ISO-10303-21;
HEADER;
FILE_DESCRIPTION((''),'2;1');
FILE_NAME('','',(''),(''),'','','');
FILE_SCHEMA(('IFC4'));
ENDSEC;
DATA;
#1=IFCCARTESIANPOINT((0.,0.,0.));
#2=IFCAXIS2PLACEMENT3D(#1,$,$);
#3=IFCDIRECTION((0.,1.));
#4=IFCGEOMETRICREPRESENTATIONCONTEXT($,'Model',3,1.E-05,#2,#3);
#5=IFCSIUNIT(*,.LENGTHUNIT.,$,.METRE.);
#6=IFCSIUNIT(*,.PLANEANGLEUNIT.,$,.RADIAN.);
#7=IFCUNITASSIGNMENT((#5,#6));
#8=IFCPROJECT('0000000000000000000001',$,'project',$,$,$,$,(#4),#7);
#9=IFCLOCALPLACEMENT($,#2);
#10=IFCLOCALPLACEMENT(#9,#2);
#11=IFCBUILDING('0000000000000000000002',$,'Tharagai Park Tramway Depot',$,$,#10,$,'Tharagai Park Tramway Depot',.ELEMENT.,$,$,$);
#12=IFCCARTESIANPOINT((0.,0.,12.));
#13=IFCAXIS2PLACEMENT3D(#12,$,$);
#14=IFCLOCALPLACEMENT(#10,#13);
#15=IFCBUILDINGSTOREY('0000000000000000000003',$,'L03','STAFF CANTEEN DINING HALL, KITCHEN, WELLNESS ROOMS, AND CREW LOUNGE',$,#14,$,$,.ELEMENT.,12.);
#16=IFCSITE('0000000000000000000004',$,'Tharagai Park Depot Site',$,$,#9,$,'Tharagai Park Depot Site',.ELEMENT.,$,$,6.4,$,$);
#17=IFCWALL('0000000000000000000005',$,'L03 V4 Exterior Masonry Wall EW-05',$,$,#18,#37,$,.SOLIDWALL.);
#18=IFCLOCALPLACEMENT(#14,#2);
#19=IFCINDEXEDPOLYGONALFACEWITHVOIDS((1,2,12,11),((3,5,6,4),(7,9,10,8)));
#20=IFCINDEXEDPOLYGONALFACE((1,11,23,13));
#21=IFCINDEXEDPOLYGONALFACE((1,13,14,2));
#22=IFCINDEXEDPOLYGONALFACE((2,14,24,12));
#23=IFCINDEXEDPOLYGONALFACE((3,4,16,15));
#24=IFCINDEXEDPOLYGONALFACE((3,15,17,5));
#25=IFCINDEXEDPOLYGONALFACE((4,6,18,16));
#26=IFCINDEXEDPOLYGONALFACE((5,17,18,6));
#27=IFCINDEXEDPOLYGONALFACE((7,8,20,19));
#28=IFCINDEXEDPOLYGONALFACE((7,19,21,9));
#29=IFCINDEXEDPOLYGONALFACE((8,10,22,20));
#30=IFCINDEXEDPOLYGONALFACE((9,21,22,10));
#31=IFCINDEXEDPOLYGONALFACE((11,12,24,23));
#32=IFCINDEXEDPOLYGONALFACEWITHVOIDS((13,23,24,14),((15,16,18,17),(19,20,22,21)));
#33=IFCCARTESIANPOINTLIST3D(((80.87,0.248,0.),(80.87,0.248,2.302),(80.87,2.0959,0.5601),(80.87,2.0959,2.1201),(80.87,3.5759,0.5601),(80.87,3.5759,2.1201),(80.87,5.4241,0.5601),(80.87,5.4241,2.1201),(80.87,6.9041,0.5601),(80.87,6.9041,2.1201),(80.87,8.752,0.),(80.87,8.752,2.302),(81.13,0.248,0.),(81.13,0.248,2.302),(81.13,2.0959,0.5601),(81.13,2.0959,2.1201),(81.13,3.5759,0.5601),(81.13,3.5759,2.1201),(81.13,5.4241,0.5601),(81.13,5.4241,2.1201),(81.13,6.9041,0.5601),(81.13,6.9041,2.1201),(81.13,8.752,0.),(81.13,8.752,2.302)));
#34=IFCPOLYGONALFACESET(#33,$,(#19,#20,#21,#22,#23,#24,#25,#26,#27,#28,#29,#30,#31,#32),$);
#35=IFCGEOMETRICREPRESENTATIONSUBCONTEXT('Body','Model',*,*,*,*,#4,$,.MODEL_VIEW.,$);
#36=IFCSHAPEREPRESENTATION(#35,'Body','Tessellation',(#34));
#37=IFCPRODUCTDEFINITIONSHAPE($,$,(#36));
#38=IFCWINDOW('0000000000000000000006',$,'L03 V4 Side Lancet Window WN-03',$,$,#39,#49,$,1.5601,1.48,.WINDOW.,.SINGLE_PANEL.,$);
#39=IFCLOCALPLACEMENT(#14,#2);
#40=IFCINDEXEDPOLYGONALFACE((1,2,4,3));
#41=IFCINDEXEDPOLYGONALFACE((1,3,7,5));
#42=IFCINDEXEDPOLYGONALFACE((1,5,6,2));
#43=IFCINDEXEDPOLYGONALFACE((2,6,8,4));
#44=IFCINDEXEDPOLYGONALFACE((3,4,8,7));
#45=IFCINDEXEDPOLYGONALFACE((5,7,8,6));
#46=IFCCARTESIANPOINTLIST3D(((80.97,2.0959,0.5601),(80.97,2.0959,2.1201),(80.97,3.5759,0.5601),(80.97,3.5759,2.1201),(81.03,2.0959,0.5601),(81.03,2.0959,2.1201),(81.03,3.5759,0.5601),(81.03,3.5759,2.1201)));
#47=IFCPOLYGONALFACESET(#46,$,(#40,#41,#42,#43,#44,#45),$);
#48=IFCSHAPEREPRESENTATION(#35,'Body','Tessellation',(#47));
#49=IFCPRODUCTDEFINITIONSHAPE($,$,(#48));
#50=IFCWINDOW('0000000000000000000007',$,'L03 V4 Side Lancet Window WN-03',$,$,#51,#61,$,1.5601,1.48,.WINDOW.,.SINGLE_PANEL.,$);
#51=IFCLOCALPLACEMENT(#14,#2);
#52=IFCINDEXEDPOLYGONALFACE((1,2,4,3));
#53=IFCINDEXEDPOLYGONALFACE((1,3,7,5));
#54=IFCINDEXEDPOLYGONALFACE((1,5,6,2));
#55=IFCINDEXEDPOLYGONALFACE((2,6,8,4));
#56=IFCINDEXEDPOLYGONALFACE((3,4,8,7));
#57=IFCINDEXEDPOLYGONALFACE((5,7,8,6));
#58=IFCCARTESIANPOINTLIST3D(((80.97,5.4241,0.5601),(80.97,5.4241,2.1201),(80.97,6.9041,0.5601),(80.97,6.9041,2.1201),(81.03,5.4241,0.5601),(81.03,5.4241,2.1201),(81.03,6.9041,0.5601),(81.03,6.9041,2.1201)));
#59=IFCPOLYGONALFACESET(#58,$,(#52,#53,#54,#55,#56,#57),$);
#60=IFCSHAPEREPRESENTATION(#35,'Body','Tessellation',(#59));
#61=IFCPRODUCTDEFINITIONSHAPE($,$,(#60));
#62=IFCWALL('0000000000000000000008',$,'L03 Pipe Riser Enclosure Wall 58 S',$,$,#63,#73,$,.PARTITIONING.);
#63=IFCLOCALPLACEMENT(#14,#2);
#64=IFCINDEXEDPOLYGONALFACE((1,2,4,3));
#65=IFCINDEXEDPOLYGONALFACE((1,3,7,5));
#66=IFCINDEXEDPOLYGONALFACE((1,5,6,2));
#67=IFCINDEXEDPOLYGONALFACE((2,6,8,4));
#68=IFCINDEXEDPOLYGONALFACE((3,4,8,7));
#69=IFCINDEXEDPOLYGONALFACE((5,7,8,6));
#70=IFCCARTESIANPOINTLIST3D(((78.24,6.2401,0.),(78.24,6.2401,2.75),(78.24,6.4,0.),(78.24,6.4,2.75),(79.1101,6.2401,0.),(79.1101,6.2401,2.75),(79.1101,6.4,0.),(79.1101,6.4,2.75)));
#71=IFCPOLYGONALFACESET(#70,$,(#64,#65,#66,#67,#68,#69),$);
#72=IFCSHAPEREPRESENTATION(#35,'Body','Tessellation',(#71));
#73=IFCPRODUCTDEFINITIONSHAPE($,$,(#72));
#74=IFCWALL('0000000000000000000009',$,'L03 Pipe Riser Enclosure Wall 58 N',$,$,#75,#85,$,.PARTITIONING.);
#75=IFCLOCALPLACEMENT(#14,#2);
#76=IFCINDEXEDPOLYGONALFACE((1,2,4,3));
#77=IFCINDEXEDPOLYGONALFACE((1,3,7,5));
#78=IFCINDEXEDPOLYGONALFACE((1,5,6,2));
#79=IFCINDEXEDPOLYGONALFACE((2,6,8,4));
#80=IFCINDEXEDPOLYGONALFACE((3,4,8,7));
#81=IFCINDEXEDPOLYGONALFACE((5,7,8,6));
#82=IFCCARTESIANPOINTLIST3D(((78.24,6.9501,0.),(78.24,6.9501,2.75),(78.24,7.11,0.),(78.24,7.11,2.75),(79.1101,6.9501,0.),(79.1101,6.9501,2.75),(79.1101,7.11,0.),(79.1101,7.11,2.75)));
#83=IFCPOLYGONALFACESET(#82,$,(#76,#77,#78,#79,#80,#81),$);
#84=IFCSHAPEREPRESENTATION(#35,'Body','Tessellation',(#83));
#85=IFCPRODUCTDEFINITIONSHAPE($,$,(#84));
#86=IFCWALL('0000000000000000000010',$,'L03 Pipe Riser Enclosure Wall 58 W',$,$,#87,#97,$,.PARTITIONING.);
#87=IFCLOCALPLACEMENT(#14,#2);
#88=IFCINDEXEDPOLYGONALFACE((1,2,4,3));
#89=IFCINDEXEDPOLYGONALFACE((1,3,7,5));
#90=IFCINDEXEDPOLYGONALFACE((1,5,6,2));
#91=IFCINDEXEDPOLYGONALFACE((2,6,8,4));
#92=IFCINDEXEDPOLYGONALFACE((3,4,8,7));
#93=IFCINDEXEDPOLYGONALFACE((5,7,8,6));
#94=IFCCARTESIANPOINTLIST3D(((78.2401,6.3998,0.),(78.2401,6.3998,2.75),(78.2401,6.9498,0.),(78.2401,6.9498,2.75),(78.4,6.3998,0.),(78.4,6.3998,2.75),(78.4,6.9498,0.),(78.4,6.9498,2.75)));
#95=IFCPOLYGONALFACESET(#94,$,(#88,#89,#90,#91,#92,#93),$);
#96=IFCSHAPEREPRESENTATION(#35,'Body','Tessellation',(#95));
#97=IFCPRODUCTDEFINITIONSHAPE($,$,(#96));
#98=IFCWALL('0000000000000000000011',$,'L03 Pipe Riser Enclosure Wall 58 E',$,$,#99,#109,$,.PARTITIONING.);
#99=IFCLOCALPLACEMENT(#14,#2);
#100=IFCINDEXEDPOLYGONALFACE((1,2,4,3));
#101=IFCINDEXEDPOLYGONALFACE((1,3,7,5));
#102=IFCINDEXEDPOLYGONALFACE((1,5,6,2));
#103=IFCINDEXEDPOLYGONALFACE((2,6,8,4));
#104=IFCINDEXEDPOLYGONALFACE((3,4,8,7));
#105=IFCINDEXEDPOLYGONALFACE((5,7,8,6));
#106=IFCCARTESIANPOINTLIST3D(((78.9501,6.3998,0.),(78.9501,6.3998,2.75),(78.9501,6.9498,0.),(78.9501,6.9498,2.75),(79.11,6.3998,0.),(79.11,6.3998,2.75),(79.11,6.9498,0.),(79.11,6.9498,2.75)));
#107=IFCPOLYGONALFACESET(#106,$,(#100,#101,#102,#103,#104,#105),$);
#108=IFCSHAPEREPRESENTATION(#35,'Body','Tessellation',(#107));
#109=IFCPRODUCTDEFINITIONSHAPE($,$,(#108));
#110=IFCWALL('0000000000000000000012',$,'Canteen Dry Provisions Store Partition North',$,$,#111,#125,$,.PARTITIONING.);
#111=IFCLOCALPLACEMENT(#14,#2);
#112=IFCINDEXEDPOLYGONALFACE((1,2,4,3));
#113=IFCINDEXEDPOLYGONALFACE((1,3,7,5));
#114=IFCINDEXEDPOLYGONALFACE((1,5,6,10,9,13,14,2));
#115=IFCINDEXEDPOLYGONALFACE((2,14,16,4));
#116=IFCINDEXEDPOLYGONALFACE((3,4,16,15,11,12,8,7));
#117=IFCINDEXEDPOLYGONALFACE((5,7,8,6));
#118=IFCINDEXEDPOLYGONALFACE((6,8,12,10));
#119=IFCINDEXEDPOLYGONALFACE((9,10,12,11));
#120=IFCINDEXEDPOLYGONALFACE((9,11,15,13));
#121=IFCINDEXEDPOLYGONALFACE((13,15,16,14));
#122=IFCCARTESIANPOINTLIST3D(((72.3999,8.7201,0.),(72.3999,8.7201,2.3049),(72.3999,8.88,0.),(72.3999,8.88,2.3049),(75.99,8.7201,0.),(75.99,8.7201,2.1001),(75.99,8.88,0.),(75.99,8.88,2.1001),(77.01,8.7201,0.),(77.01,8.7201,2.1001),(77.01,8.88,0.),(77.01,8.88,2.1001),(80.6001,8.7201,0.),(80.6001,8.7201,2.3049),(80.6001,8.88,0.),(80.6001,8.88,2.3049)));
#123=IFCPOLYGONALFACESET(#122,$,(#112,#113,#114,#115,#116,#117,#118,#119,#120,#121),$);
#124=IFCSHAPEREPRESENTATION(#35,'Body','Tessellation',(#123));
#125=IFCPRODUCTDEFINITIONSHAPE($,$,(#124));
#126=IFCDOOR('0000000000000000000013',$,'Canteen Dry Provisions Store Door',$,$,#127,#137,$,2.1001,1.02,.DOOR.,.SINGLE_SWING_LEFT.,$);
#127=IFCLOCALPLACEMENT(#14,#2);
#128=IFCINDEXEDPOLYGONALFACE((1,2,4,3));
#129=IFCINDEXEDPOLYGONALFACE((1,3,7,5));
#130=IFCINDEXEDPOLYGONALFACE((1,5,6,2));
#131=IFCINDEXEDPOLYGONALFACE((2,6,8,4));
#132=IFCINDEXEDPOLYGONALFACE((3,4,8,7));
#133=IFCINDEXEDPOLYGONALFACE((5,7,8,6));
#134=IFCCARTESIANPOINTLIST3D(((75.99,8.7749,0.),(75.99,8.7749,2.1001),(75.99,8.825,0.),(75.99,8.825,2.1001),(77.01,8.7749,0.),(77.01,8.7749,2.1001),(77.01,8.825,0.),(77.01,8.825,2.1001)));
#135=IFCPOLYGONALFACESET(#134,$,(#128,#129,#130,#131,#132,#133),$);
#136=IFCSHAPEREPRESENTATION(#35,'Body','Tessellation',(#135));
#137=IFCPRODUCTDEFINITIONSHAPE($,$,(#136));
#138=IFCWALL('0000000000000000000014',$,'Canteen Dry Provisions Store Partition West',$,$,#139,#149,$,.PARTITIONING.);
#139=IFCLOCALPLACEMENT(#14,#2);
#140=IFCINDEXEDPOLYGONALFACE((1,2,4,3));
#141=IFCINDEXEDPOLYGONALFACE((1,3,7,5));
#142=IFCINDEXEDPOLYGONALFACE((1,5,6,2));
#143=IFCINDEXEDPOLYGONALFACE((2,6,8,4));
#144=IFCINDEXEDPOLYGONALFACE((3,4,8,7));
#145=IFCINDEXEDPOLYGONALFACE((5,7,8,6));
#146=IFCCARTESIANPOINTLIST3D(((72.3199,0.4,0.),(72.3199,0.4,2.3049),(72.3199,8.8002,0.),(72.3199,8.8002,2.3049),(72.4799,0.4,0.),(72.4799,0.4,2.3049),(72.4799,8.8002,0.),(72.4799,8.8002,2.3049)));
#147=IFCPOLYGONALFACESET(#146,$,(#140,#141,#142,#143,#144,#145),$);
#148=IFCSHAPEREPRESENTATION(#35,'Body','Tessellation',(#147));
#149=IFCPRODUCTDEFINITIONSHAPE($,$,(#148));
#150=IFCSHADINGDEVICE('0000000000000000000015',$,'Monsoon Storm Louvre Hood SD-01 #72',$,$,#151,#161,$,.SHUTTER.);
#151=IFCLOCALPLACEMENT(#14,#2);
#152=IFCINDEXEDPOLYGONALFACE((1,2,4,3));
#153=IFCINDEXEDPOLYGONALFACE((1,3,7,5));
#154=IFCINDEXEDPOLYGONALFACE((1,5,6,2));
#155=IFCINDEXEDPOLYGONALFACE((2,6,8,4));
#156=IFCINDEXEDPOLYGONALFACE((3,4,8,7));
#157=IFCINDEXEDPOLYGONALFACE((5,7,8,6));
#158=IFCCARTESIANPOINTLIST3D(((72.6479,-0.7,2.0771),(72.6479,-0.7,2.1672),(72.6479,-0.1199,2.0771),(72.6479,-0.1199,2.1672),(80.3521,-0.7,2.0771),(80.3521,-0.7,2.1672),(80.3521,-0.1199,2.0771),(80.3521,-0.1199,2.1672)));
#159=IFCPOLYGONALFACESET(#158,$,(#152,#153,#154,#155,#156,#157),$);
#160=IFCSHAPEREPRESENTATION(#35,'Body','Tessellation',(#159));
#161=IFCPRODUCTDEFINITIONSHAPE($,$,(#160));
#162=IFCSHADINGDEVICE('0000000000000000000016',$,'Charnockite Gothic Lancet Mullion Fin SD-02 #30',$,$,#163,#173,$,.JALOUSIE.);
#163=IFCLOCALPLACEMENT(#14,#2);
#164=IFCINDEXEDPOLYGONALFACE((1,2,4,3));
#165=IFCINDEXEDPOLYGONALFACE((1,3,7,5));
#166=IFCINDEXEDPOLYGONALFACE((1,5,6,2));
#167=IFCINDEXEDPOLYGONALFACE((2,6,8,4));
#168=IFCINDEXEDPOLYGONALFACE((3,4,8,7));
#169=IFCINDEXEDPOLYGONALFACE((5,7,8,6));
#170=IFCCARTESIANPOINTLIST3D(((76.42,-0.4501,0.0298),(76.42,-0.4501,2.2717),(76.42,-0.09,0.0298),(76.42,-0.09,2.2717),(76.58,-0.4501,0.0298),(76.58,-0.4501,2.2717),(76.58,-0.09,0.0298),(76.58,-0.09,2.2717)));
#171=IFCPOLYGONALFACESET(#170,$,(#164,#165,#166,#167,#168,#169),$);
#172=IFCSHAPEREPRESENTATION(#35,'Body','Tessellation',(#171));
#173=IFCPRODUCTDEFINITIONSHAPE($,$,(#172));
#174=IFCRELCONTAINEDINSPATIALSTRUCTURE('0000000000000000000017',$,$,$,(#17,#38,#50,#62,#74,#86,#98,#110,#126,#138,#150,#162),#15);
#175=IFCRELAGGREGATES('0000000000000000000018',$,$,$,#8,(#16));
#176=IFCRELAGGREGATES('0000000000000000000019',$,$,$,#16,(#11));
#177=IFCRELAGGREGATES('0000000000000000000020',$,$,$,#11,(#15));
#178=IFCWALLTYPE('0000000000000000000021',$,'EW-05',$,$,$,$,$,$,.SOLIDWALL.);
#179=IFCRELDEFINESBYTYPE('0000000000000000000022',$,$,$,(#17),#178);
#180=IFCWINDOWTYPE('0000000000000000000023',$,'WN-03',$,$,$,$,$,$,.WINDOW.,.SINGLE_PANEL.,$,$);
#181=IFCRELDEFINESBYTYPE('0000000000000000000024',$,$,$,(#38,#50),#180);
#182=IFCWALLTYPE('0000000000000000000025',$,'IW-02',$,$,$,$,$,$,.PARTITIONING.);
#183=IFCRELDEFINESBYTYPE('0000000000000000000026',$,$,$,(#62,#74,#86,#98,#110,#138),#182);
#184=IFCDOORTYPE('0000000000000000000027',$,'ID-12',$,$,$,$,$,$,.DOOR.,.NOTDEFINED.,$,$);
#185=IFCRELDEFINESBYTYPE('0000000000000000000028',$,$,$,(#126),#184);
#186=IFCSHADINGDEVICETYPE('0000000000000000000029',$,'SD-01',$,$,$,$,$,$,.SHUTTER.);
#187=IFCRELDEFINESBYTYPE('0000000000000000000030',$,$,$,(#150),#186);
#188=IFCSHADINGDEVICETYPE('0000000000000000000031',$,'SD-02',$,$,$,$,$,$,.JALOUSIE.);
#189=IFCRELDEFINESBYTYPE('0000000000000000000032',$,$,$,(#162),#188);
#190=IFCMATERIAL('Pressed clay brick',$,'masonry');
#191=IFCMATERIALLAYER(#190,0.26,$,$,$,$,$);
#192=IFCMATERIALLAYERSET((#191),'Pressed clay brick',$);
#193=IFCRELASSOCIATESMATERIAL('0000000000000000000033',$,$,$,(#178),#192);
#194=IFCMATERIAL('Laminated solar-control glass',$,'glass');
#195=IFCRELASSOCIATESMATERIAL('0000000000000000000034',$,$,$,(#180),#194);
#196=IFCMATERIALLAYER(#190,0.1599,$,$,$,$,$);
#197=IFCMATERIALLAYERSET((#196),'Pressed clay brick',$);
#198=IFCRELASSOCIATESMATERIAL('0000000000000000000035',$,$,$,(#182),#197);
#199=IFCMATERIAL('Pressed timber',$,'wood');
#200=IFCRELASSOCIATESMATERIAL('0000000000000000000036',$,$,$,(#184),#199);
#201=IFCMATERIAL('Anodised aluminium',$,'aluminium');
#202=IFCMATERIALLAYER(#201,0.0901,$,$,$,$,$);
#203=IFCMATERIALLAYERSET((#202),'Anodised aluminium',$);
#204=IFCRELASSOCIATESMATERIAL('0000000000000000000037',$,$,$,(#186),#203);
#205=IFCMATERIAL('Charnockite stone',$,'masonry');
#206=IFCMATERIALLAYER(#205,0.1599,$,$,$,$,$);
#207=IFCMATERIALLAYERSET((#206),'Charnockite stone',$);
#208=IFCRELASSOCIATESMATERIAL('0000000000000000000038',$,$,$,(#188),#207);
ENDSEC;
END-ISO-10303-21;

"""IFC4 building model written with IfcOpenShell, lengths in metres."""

from ifc_helpers import new_model, si_unit, direction, frame, frame_2d, origin, origin_2d, place, context, subcontext, project, spatial, rectangle, extrude, material, layer, layer_set, type_object, element, fill, save


model = new_model("IFC4")

# Units and contexts
model_context = context("Model", 3, precision=1e-05, world=origin(), true_north=direction((0.0, 1.0)))
body_context = subcontext(model_context, "Body", "Model", "MODEL_VIEW")
ifc_project = project(units=[si_unit("LENGTHUNIT", "METRE"), si_unit("PLANEANGLEUNIT", "RADIAN")], contexts=[model_context])

# Site, building, storey
site_placement = place(None, origin())
site = spatial("IfcSite", under=ifc_project, at=site_placement, Name="Tharagai Park Depot Site", LongName="Tharagai Park Depot Site", CompositionType="ELEMENT", RefElevation=6.4)
building_placement = place(site_placement, origin())
building = spatial("IfcBuilding", under=site, at=building_placement, Name="Tharagai Park Tramway Depot", LongName="Tharagai Park Tramway Depot", CompositionType="ELEMENT")
storey_placement = place(building_placement, frame((0.0, 0.0, 12.0)))
storey = spatial("IfcBuildingStorey", under=building, at=storey_placement, Name="L03", Description="STAFF CANTEEN DINING HALL, KITCHEN, WELLNESS ROOMS, AND CREW LOUNGE", CompositionType="ELEMENT", Elevation=12.0)

# Wall, openings, windows
ifc_material_1 = material(Name="Pressed clay brick", Category="masonry")
ifc_layer_1 = layer(ifc_material_1, 0.26)
ifc_layer_set_1 = layer_set([ifc_layer_1], Name="Pressed clay brick")
wall_type_1 = type_object("IfcWallType", Name="EW-05", PredefinedType="SOLIDWALL", material=ifc_layer_set_1)
ifc_material_2 = material(Name="Laminated solar-control glass", Category="glass")
wall_1_placement = place(storey_placement, frame((81.0, 0.248, 0.0), z_axis=(0.0, 0.0, 1.0), x_axis=(0.0, 1.0, 0.0)))
wall_1 = element("IfcWall", 1, at=wall_1_placement, inside=storey, type_object=wall_type_1, Name="L03 V4 Exterior Masonry Wall EW-05", PredefinedType="SOLIDWALL", context=body_context, shape_type="SweptSolid", body=[
    extrude(rectangle(XDim=8.5039, YDim=0.26, at=frame_2d((4.252, 0.0))), origin(), (0.0, 0.0, 1.0), 2.302),
])
opening_1_placement = place(wall_1_placement, frame((1.8479, 0.0, 0.5601)))
opening_1 = element("IfcOpeningElement", 2, at=opening_1_placement, cuts=wall_1, PredefinedType="OPENING", context=body_context, shape_type="SweptSolid", body=[
    extrude(rectangle(XDim=1.48, YDim=1.5601, at=frame_2d((0.74, 0.78))), frame((0.0, 0.1399, 0.0), z_axis=(0.0, -1.0, 0.0), x_axis=(1.0, 0.0, 0.0)), (0.0, 0.0, 1.0), 0.28),
])
opening_2_placement = place(wall_1_placement, frame((5.176, 0.0, 0.5601)))
opening_2 = element("IfcOpeningElement", 3, at=opening_2_placement, cuts=wall_1, PredefinedType="OPENING", context=body_context, shape_type="SweptSolid", body=[
    extrude(rectangle(XDim=1.48, YDim=1.5601, at=frame_2d((0.74, 0.78))), frame((0.0, 0.1399, 0.0), z_axis=(0.0, -1.0, 0.0), x_axis=(1.0, 0.0, 0.0)), (0.0, 0.0, 1.0), 0.28),
])
window_type_1 = type_object("IfcWindowType", Name="WN-03", PartitioningType="SINGLE_PANEL", PredefinedType="WINDOW", material=ifc_material_2)
window_1_placement = place(opening_1_placement, origin())
window_1 = element("IfcWindow", 4, at=window_1_placement, inside=storey, type_object=window_type_1, Name="L03 V4 Side Lancet Window WN-03", OverallHeight=1.5601, OverallWidth=1.48, PartitioningType="SINGLE_PANEL", PredefinedType="WINDOW", context=body_context, shape_type="SweptSolid", body=[
    extrude(rectangle(XDim=1.48, YDim=1.5601, at=frame_2d((0.74, 0.78))), frame((0.0, 0.03, 0.0), z_axis=(0.0, -1.0, 0.0), x_axis=(1.0, 0.0, 0.0)), (0.0, 0.0, 1.0), 0.0601),
])
fill(opening_1, window_1)
window_2_placement = place(opening_2_placement, origin())
window_2 = element("IfcWindow", 5, at=window_2_placement, inside=storey, type_object=window_type_1, Name="L03 V4 Side Lancet Window WN-03", OverallHeight=1.5601, OverallWidth=1.48, PartitioningType="SINGLE_PANEL", PredefinedType="WINDOW", context=body_context, shape_type="SweptSolid", body=[
    extrude(rectangle(XDim=1.48, YDim=1.5601, at=frame_2d((0.74, 0.78))), frame((0.0, 0.03, 0.0), z_axis=(0.0, -1.0, 0.0), x_axis=(1.0, 0.0, 0.0)), (0.0, 0.0, 1.0), 0.0601),
])
fill(opening_2, window_2)

# Walls
ifc_layer_2 = layer(ifc_material_1, 0.1599)
ifc_layer_set_2 = layer_set([ifc_layer_2], Name="Pressed clay brick")
wall_type_2 = type_object("IfcWallType", Name="IW-02", PredefinedType="PARTITIONING", material=ifc_layer_set_2)
for number, where, z_axis, x_axis, name in (
    (6, (78.24, 6.3201, 0.0), (0.0, 0.0, 1.0), (1.0, 0.0, 0.0), "L03 Pipe Riser Enclosure Wall 58 S"),
    (7, (78.24, 7.03, 0.0), (0.0, 0.0, 1.0), (1.0, 0.0, 0.0), "L03 Pipe Riser Enclosure Wall 58 N"),
):
    element("IfcWall", number, at=place(storey_placement, frame(where, z_axis=z_axis, x_axis=x_axis)), inside=storey, type_object=wall_type_2, Name=name, PredefinedType="PARTITIONING", context=body_context, shape_type="SweptSolid", body=[
        extrude(rectangle(XDim=0.8701, YDim=0.1599, at=frame_2d((0.4351, 0.0))), origin(), (0.0, 0.0, 1.0), 2.75),
    ])
for number, where, z_axis, x_axis, name in (
    (8, (78.3201, 6.3999, 0.0), (0.0, 0.0, 1.0), (0.0, 1.0, 0.0), "L03 Pipe Riser Enclosure Wall 58 W"),
    (9, (79.03, 6.3999, 0.0), (0.0, 0.0, 1.0), (0.0, 1.0, 0.0), "L03 Pipe Riser Enclosure Wall 58 E"),
):
    element("IfcWall", number, at=place(storey_placement, frame(where, z_axis=z_axis, x_axis=x_axis)), inside=storey, type_object=wall_type_2, Name=name, PredefinedType="PARTITIONING", context=body_context, shape_type="SweptSolid", body=[
        extrude(rectangle(XDim=0.55, YDim=0.1599, at=frame_2d((0.2749, 0.0))), origin(), (0.0, 0.0, 1.0), 2.75),
    ])

# Wall, opening, door
wall_2_placement = place(storey_placement, frame((72.3999, 8.8, 0.0), z_axis=(0.0, 0.0, 1.0), x_axis=(1.0, 0.0, 0.0)))
wall_2 = element("IfcWall", 10, at=wall_2_placement, inside=storey, type_object=wall_type_2, Name="Canteen Dry Provisions Store Partition North", PredefinedType="PARTITIONING", context=body_context, shape_type="SweptSolid", body=[
    extrude(rectangle(XDim=8.2002, YDim=0.1599, at=frame_2d((4.1001, 0.0))), origin(), (0.0, 0.0, 1.0), 2.3049),
])
opening_3_placement = place(wall_2_placement, frame((3.5901, 0.0, 0.0)))
opening_3 = element("IfcOpeningElement", 11, at=opening_3_placement, cuts=wall_2, PredefinedType="OPENING", context=body_context, shape_type="SweptSolid", body=[
    extrude(rectangle(XDim=1.02, YDim=2.1001, at=frame_2d((0.51, 1.05))), frame((0.0, 0.0898, 0.0), z_axis=(0.0, -1.0, 0.0), x_axis=(1.0, 0.0, 0.0)), (0.0, 0.0, 1.0), 0.1799),
])
ifc_material_3 = material(Name="Pressed timber", Category="wood")
door_type = type_object("IfcDoorType", Name="ID-12", OperationType="NOTDEFINED", PredefinedType="DOOR", material=ifc_material_3)
door_placement = place(opening_3_placement, origin())
door = element("IfcDoor", 12, at=door_placement, inside=storey, type_object=door_type, Name="Canteen Dry Provisions Store Door", OperationType="SINGLE_SWING_LEFT", OverallHeight=2.1001, OverallWidth=1.02, PredefinedType="DOOR", context=body_context, shape_type="SweptSolid", body=[
    extrude(rectangle(XDim=1.02, YDim=2.1001, at=frame_2d((0.51, 1.05))), frame((0.0, 0.0249, 0.0), z_axis=(0.0, -1.0, 0.0), x_axis=(1.0, 0.0, 0.0)), (0.0, 0.0, 1.0), 0.05),
])
fill(opening_3, door)

# Wall
wall_3_placement = place(storey_placement, frame((72.3999, 0.3999, 0.0), z_axis=(0.0, 0.0, 1.0), x_axis=(0.0, 1.0, 0.0)))
element("IfcWall", 13, at=wall_3_placement, inside=storey, type_object=wall_type_2, Name="Canteen Dry Provisions Store Partition West", PredefinedType="PARTITIONING", context=body_context, shape_type="SweptSolid", body=[
    extrude(rectangle(XDim=8.4001, YDim=0.1599, at=frame_2d((4.2002, 0.0))), origin(), (0.0, 0.0, 1.0), 2.3049),
])

# Shading devices
ifc_material_4 = material(Name="Anodised aluminium", Category="aluminium")
ifc_layer_3 = layer(ifc_material_4, 0.0901)
ifc_layer_set_3 = layer_set([ifc_layer_3], Name="Anodised aluminium")
shading_device_type_1 = type_object("IfcShadingDeviceType", Name="SD-01", PredefinedType="SHUTTER", material=ifc_layer_set_3)
shading_device_1_placement = place(storey_placement, frame((76.5, -0.4099, 2.0771), z_axis=(0.0, 0.0, 1.0), x_axis=(1.0, 0.0, 0.0)))
element("IfcShadingDevice", 14, at=shading_device_1_placement, inside=storey, type_object=shading_device_type_1, Name="Monsoon Storm Louvre Hood SD-01 #72", PredefinedType="SHUTTER", context=body_context, shape_type="SweptSolid", body=[
    extrude(rectangle(XDim=7.7041, YDim=0.5801, at=origin_2d()), origin(), (0.0, 0.0, 1.0), 0.0901),
])
ifc_material_5 = material(Name="Charnockite stone", Category="masonry")
ifc_layer_4 = layer(ifc_material_5, 0.1599)
ifc_layer_set_4 = layer_set([ifc_layer_4], Name="Charnockite stone")
shading_device_type_2 = type_object("IfcShadingDeviceType", Name="SD-02", PredefinedType="JALOUSIE", material=ifc_layer_set_4)
shading_device_2_placement = place(storey_placement, frame((76.5, -0.27, 0.0298), z_axis=(0.0, 0.0, 1.0), x_axis=(1.0, 0.0, 0.0)))
element("IfcShadingDevice", 15, at=shading_device_2_placement, inside=storey, type_object=shading_device_type_2, Name="Charnockite Gothic Lancet Mullion Fin SD-02 #30", PredefinedType="JALOUSIE", context=body_context, shape_type="SweptSolid", body=[
    extrude(rectangle(XDim=0.1599, YDim=0.3601, at=origin_2d()), origin(), (0.0, 0.0, 1.0), 2.2419),
])

save(model, "model.ifc")
